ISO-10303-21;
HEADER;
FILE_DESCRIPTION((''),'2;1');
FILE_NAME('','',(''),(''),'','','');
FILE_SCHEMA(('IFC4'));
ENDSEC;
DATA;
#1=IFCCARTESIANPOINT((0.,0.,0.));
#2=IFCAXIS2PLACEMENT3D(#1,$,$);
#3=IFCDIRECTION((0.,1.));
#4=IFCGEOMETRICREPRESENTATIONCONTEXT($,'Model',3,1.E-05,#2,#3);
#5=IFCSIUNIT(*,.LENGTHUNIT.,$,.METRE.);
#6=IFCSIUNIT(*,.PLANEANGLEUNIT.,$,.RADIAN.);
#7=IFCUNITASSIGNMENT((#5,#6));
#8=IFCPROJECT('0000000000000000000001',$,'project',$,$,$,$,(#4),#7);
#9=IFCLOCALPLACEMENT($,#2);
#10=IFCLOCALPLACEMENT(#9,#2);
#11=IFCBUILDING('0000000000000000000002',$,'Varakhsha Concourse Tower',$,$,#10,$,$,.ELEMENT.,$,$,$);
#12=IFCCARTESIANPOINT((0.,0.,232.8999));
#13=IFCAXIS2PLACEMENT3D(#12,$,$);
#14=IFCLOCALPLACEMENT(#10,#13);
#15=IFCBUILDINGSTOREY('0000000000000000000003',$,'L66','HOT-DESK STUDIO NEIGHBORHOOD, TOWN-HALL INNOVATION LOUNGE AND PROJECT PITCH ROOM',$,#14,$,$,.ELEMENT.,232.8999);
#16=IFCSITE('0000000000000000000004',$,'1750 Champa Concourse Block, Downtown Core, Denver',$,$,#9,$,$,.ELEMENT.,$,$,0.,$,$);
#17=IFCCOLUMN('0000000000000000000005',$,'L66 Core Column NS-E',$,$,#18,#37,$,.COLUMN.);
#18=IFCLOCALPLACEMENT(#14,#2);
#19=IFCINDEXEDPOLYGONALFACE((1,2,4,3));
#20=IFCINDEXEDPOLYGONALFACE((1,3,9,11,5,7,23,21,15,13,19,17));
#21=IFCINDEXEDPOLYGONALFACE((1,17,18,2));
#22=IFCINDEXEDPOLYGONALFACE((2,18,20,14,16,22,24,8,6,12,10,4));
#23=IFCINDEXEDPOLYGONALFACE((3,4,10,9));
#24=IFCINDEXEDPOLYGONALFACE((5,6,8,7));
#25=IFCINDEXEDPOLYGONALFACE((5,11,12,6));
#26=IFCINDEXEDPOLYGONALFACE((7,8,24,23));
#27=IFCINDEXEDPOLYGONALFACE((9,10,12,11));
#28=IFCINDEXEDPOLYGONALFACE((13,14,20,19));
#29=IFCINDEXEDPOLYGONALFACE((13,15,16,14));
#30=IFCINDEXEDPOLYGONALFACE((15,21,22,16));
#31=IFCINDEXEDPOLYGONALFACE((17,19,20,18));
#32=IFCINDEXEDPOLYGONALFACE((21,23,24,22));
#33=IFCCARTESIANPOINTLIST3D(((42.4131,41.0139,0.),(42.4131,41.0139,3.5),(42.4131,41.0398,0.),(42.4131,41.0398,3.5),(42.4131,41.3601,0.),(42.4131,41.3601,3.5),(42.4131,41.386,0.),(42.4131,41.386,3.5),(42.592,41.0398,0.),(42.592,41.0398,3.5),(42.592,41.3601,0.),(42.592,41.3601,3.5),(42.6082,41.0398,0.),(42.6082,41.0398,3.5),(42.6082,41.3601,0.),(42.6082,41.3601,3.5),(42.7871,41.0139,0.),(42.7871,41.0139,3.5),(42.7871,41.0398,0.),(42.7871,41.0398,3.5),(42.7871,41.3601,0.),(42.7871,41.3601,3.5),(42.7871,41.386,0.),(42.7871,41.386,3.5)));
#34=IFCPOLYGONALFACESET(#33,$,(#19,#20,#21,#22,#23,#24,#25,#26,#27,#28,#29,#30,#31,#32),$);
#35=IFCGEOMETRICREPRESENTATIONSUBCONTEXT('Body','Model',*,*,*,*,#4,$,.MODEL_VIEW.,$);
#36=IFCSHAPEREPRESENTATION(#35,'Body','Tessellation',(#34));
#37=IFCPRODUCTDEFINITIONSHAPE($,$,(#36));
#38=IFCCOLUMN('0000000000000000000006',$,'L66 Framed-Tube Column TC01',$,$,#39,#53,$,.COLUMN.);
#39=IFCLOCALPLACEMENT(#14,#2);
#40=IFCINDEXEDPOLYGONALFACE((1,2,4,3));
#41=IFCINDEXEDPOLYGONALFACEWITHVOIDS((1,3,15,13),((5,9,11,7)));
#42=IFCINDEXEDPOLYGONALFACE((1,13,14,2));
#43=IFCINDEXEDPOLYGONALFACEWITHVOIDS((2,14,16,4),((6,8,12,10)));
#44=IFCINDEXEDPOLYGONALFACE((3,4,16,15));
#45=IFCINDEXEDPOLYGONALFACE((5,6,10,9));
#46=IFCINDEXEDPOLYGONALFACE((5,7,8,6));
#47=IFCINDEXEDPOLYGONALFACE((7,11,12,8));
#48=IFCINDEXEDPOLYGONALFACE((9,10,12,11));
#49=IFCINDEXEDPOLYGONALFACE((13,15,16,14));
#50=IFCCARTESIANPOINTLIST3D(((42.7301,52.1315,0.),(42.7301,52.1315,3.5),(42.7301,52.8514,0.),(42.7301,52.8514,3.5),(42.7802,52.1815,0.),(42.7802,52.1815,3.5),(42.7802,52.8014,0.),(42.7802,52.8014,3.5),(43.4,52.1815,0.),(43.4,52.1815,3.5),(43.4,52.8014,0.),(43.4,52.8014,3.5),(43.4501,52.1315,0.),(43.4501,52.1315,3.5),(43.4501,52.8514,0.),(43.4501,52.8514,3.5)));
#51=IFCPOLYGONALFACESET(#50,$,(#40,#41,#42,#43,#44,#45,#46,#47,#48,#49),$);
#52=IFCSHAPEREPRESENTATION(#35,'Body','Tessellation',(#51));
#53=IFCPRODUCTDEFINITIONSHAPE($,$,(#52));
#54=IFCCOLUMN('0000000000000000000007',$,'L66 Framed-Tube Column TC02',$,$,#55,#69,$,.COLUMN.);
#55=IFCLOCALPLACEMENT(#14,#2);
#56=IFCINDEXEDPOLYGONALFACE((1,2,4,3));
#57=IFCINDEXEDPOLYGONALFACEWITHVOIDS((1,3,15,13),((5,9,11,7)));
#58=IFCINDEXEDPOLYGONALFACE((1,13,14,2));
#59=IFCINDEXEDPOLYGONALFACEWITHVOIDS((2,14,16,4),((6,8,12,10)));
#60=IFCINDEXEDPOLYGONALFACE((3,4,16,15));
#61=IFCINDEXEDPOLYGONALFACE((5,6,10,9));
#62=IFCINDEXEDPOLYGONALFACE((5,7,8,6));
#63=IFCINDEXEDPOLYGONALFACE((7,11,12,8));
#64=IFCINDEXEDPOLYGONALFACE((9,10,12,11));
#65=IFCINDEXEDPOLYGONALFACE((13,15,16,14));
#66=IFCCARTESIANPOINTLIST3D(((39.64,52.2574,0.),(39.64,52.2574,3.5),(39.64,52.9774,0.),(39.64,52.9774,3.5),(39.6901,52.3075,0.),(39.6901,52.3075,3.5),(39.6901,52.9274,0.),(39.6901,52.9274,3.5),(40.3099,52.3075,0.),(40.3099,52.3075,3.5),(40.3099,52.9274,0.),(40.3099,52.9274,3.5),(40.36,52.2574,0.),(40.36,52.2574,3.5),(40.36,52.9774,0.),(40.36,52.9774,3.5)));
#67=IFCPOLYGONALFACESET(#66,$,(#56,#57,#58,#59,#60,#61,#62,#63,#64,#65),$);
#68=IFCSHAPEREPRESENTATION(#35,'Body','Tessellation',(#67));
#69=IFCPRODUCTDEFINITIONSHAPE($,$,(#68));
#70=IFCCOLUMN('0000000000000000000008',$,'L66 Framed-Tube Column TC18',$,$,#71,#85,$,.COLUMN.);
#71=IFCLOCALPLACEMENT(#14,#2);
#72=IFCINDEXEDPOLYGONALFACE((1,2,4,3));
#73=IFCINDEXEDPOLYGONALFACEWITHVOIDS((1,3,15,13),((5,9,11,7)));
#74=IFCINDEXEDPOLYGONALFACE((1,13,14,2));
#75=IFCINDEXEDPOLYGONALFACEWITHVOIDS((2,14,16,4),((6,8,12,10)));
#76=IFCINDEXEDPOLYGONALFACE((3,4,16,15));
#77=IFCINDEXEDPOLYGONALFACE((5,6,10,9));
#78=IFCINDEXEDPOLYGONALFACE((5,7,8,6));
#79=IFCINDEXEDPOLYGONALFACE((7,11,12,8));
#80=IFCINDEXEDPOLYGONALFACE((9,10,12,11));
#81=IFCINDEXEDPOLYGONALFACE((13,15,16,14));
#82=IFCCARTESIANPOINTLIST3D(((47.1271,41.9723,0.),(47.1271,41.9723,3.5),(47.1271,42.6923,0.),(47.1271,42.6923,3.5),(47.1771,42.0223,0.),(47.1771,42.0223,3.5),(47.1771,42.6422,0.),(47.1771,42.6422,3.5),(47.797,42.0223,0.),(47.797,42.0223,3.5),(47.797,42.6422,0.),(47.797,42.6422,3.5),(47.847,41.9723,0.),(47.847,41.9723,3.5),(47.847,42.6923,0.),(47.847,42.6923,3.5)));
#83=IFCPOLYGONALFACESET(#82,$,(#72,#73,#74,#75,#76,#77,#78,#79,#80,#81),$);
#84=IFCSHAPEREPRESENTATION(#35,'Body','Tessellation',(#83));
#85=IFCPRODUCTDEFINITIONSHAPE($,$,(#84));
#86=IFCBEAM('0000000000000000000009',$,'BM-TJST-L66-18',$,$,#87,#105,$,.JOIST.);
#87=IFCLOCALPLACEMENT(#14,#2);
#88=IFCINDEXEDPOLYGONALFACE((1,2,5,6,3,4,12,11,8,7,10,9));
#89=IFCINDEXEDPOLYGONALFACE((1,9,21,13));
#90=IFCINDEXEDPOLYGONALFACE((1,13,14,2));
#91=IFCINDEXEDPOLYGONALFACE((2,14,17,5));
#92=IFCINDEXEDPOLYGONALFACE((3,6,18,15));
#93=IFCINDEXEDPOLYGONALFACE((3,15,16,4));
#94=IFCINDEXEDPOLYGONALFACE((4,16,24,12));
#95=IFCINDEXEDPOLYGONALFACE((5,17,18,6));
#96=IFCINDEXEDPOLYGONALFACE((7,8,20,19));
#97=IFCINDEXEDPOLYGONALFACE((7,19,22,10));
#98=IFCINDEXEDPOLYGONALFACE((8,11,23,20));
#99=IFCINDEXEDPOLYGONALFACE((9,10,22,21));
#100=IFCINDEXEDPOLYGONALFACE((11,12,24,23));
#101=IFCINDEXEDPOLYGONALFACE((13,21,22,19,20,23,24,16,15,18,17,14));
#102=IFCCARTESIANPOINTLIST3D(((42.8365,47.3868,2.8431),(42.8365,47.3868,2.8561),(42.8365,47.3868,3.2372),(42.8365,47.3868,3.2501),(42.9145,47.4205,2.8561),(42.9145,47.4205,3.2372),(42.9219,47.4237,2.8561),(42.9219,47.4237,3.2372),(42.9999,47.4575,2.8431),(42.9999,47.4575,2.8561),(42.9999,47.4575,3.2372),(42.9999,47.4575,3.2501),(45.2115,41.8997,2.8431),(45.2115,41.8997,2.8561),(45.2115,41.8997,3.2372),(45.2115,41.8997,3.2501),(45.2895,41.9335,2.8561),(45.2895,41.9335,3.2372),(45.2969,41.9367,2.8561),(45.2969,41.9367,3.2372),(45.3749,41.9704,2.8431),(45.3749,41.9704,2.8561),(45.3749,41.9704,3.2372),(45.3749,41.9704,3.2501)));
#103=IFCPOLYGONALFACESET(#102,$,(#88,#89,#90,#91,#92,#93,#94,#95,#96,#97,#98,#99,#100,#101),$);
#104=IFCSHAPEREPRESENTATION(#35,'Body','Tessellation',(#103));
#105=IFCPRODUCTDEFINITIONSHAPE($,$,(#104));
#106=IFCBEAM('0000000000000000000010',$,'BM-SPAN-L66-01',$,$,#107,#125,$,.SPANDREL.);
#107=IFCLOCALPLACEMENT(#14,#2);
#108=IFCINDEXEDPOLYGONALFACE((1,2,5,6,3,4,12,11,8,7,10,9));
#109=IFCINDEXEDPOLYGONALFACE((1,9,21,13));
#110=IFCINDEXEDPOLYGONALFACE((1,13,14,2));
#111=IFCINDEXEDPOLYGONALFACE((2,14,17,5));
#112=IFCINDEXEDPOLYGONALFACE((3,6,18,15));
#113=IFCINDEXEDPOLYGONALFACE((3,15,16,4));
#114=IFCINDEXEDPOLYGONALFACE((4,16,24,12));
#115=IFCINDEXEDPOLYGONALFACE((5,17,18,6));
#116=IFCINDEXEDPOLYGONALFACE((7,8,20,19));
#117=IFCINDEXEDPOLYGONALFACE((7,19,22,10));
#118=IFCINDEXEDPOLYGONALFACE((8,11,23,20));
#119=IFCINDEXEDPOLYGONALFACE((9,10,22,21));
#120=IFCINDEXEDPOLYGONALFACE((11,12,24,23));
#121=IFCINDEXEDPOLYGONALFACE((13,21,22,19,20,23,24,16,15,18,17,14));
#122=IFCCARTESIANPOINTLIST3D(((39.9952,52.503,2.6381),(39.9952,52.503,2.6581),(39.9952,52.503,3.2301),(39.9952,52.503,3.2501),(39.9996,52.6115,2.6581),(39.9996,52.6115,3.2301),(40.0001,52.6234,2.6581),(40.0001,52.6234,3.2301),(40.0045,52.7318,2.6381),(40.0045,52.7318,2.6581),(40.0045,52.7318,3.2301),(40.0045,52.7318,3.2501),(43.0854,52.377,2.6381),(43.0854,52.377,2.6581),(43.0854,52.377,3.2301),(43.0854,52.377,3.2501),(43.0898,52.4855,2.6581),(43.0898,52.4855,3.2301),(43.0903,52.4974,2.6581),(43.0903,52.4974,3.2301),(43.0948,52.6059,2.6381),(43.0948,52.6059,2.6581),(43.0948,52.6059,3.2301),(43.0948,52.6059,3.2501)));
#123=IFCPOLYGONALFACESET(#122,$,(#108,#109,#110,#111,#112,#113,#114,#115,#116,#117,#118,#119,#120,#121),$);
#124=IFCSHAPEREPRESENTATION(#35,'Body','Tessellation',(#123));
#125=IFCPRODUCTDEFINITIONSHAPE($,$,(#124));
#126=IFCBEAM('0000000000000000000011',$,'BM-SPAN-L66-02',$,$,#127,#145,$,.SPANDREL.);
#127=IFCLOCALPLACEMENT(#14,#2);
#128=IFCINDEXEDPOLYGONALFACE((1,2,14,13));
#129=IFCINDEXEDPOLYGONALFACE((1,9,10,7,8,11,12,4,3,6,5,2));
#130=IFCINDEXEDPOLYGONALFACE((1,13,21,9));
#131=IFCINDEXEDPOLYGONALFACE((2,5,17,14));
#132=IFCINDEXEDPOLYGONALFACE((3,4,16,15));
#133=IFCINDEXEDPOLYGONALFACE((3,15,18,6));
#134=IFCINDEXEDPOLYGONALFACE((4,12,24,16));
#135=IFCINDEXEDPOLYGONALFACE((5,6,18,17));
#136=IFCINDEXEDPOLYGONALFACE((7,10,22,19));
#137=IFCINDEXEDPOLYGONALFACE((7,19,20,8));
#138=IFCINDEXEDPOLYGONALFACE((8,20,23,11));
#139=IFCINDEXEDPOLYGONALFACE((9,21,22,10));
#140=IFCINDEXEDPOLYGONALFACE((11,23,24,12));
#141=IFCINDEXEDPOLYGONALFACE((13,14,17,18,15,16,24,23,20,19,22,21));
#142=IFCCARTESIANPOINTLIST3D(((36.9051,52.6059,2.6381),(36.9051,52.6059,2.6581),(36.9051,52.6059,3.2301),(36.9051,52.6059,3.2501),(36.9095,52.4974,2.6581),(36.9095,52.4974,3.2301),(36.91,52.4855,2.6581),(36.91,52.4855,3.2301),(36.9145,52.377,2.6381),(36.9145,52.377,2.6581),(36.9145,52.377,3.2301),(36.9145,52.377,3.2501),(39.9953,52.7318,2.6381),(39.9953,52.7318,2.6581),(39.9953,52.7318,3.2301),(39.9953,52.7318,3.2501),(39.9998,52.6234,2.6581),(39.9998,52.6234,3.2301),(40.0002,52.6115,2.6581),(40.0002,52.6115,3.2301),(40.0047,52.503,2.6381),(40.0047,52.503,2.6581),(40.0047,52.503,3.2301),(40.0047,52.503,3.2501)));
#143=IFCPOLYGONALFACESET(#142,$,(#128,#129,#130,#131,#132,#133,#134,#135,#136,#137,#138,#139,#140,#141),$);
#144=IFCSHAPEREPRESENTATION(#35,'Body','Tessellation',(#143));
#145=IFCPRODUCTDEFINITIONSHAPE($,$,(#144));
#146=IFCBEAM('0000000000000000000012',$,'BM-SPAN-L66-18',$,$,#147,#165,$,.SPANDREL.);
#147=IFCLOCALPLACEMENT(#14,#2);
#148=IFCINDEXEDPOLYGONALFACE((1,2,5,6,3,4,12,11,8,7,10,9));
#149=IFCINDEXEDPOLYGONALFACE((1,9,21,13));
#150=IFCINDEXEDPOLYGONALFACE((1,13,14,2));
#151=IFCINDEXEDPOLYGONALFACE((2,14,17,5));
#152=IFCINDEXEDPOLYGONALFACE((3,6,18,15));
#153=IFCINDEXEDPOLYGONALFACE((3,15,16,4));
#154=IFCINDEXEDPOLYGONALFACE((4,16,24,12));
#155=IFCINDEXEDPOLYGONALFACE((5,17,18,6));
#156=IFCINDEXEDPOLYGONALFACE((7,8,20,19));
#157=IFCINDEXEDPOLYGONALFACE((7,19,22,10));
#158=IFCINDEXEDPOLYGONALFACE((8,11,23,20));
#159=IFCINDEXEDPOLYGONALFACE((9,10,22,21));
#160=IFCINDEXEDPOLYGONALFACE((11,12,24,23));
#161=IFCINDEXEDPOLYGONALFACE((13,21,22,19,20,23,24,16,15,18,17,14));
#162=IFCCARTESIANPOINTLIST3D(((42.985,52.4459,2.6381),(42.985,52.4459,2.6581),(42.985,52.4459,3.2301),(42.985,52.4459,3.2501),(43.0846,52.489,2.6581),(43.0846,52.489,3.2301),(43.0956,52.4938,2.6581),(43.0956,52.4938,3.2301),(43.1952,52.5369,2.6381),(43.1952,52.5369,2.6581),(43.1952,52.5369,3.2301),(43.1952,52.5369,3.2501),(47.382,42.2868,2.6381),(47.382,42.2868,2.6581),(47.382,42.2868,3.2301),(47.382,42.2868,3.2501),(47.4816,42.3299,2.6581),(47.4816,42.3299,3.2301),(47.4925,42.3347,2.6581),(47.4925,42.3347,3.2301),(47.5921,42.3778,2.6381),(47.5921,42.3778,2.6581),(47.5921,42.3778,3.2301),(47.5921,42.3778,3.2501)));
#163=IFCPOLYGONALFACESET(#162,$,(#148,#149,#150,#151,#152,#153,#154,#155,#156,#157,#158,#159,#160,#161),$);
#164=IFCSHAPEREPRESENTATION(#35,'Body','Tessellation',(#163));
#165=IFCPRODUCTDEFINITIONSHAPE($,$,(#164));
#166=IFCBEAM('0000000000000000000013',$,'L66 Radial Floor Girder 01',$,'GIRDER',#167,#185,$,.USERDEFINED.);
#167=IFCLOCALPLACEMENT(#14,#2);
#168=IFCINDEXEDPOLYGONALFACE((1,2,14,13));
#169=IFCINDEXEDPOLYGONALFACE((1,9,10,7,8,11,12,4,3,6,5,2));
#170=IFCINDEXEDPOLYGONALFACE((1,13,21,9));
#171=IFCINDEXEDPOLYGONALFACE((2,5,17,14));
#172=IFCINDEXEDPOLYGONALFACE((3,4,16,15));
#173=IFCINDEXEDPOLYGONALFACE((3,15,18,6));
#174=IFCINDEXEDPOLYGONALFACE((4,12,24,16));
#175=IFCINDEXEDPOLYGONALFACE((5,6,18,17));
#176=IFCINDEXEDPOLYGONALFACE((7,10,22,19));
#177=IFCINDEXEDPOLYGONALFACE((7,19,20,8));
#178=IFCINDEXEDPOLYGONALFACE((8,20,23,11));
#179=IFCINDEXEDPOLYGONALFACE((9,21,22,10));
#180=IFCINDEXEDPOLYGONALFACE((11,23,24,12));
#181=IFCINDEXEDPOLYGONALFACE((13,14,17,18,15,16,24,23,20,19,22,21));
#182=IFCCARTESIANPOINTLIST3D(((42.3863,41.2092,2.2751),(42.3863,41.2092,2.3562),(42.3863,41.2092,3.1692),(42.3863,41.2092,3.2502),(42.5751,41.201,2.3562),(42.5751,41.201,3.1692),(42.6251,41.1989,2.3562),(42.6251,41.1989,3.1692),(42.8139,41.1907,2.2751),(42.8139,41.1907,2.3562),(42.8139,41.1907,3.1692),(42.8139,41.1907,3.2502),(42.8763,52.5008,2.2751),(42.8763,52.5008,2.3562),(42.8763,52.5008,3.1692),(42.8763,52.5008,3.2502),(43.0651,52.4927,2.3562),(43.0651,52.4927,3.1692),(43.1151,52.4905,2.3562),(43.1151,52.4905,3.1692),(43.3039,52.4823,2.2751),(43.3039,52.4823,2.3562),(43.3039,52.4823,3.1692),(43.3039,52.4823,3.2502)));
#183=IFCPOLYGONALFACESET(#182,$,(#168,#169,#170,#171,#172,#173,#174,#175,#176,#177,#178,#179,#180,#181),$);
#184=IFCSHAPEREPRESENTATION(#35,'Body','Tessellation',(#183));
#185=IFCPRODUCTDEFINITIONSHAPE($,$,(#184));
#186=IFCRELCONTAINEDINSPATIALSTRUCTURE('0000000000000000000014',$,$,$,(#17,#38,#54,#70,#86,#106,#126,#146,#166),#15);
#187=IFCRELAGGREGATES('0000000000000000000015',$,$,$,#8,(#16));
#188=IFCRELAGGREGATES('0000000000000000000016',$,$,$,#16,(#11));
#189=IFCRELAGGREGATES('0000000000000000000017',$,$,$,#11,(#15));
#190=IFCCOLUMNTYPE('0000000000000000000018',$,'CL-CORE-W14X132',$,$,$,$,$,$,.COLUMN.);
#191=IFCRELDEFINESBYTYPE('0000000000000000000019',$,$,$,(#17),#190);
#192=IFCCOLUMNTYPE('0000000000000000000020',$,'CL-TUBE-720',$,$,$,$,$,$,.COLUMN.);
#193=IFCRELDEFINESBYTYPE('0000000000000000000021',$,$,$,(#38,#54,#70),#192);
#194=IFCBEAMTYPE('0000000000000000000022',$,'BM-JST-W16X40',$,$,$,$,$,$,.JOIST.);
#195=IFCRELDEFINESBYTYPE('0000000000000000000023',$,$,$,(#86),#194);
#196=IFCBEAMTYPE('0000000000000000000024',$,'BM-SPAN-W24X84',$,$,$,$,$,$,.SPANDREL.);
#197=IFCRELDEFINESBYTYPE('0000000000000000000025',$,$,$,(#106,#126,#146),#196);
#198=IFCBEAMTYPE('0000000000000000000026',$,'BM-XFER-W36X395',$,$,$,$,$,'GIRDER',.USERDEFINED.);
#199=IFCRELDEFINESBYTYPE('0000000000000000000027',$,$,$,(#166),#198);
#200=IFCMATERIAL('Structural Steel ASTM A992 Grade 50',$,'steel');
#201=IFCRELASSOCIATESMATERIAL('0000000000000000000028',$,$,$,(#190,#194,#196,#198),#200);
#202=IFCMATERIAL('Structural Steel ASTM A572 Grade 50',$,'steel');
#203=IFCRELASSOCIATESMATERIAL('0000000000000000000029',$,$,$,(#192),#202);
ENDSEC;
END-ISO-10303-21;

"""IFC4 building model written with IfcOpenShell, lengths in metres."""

from ifc_helpers import new_model, si_unit, direction, frame, origin, origin_2d, place, context, subcontext, project, spatial, hollow_rectangle, i_section, extrude, material, material_profile, profile_set, type_object, element, save


model = new_model("IFC4")

# Units and contexts
model_context = context("Model", 3, precision=1e-05, world=origin(), true_north=direction((0.0, 1.0)))
body_context = subcontext(model_context, "Body", "Model", "MODEL_VIEW")
ifc_project = project(units=[si_unit("LENGTHUNIT", "METRE"), si_unit("PLANEANGLEUNIT", "RADIAN")], contexts=[model_context])

# Site, building, storey
site_placement = place(None, origin())
site = spatial("IfcSite", under=ifc_project, at=site_placement, Name="1750 Champa Concourse Block, Downtown Core, Denver", CompositionType="ELEMENT", RefElevation=0.0)
building_placement = place(site_placement, origin())
building = spatial("IfcBuilding", under=site, at=building_placement, Name="Varakhsha Concourse Tower", CompositionType="ELEMENT")
storey_placement = place(building_placement, frame((0.0, 0.0, 232.8999)))
storey = spatial("IfcBuildingStorey", under=building, at=storey_placement, Name="L66", Description="HOT-DESK STUDIO NEIGHBORHOOD, TOWN-HALL INNOVATION LOUNGE AND PROJECT PITCH ROOM", CompositionType="ELEMENT", Elevation=232.8999)

# Columns
ifc_material_1 = material(Name="Structural Steel ASTM A992 Grade 50", Category="steel")
ifc_material_profile_1 = material_profile(ifc_material_1, i_section(OverallWidth=0.374, OverallDepth=0.3721, WebThickness=0.0161, FlangeThickness=0.0259, at=origin_2d()), Name="W14X132")
ifc_profile_set_1 = profile_set([ifc_material_profile_1], Name="Structural Steel ASTM A992 Grade 50")
column_type_1 = type_object("IfcColumnType", Name="CL-CORE-W14X132", PredefinedType="COLUMN", material=ifc_profile_set_1)
column_placement = place(storey_placement, frame((42.6001, 41.2, 0.0), z_axis=(0.0, 0.0, 1.0), x_axis=(1.0, 0.0, 0.0)))
element("IfcColumn", 1, at=column_placement, inside=storey, type_object=column_type_1, Name="L66 Core Column NS-E", PredefinedType="COLUMN", context=body_context, shape_type="SweptSolid", body=[
    extrude(i_section(OverallWidth=0.374, OverallDepth=0.3721, WebThickness=0.0161, FlangeThickness=0.0259, at=origin_2d()), origin(), (0.0, 0.0, 1.0), 3.5),
])
ifc_material_2 = material(Name="Structural Steel ASTM A572 Grade 50", Category="steel")
ifc_material_profile_2 = material_profile(ifc_material_2, hollow_rectangle(XDim=0.72, YDim=0.72, WallThickness=0.05, at=origin_2d()), Name="BOX 720x720x50")
ifc_profile_set_2 = profile_set([ifc_material_profile_2], Name="Structural Steel ASTM A572 Grade 50")
column_type_2 = type_object("IfcColumnType", Name="CL-TUBE-720", PredefinedType="COLUMN", material=ifc_profile_set_2)
for number, where, z_axis, x_axis, name in (
    (2, (43.0901, 52.4915, 0.0), (0.0, 0.0, 1.0), (1.0, 0.0, 0.0), "L66 Framed-Tube Column TC01"),
    (3, (40.0, 52.6174, 0.0), (0.0, 0.0, 1.0), (1.0, 0.0, 0.0), "L66 Framed-Tube Column TC02"),
    (4, (47.4871, 42.3323, 0.0), (0.0, 0.0, 1.0), (1.0, 0.0, 0.0), "L66 Framed-Tube Column TC18"),
):
    element("IfcColumn", number, at=place(storey_placement, frame(where, z_axis=z_axis, x_axis=x_axis)), inside=storey, type_object=column_type_2, Name=name, PredefinedType="COLUMN", context=body_context, shape_type="SweptSolid", body=[
        extrude(hollow_rectangle(XDim=0.72, YDim=0.72, WallThickness=0.05, at=origin_2d()), origin(), (0.0, 0.0, 1.0), 3.5),
    ])

# Beams
ifc_material_profile_3 = material_profile(ifc_material_1, i_section(OverallWidth=0.178, OverallDepth=0.407, WebThickness=0.0081, FlangeThickness=0.0129, at=origin_2d()), Name="W16X40")
ifc_profile_set_3 = profile_set([ifc_material_profile_3], Name="Structural Steel ASTM A992 Grade 50")
beam_type_1 = type_object("IfcBeamType", Name="BM-JST-W16X40", PredefinedType="JOIST", material=ifc_profile_set_3)
beam_1_placement = place(storey_placement, frame((45.2932, 41.9351, 3.0466), z_axis=(-0.397224, 0.917722, 0.0), x_axis=(-0.917722, -0.397224, 0.0)))
element("IfcBeam", 5, at=beam_1_placement, inside=storey, type_object=beam_type_1, Name="BM-TJST-L66-18", PredefinedType="JOIST", context=body_context, shape_type="SweptSolid", body=[
    extrude(i_section(OverallWidth=0.178, OverallDepth=0.407, WebThickness=0.0081, FlangeThickness=0.0129, at=origin_2d()), origin(), (0.0, 0.0, 1.0), 5.979),
])
ifc_material_profile_4 = material_profile(ifc_material_1, i_section(OverallWidth=0.229, OverallDepth=0.6121, WebThickness=0.012, FlangeThickness=0.02, at=origin_2d()), Name="W24X84")
ifc_profile_set_4 = profile_set([ifc_material_profile_4], Name="Structural Steel ASTM A992 Grade 50")
beam_type_2 = type_object("IfcBeamType", Name="BM-SPAN-W24X84", PredefinedType="SPANDREL", material=ifc_profile_set_4)
for number, where, z_axis, x_axis, name in (
    (6, (43.0901, 52.4915, 2.9441), (-0.99917, 0.040734, 0.0), (-0.040734, -0.99917, 0.0), "BM-SPAN-L66-01"),
    (7, (40.0, 52.6174, 2.9441), (-0.99917, -0.040734, 0.0), (0.040734, -0.99917, 0.0), "BM-SPAN-L66-02"),
):
    element("IfcBeam", number, at=place(storey_placement, frame(where, z_axis=z_axis, x_axis=x_axis)), inside=storey, type_object=beam_type_2, Name=name, PredefinedType="SPANDREL", context=body_context, shape_type="SweptSolid", body=[
        extrude(i_section(OverallWidth=0.229, OverallDepth=0.6121, WebThickness=0.012, FlangeThickness=0.02, at=origin_2d()), origin(), (0.0, 0.0, 1.0), 3.0928),
    ])
beam_2_placement = place(storey_placement, frame((47.4871, 42.3323, 2.9441), z_axis=(-0.397201, 0.917731, 0.0), x_axis=(-0.917731, -0.397201, 0.0)))
element("IfcBeam", 8, at=beam_2_placement, inside=storey, type_object=beam_type_2, Name="BM-SPAN-L66-18", PredefinedType="SPANDREL", context=body_context, shape_type="SweptSolid", body=[
    extrude(i_section(OverallWidth=0.229, OverallDepth=0.6121, WebThickness=0.012, FlangeThickness=0.02, at=origin_2d()), origin(), (0.0, 0.0, 1.0), 11.0698),
])
ifc_material_profile_5 = material_profile(ifc_material_1, i_section(OverallWidth=0.428, OverallDepth=0.9751, WebThickness=0.05, FlangeThickness=0.0811, at=origin_2d()), Name="W36X395")
ifc_profile_set_5 = profile_set([ifc_material_profile_5], Name="Structural Steel ASTM A992 Grade 50")
beam_type_3 = type_object("IfcBeamType", Name="BM-XFER-W36X395", ElementType="GIRDER", PredefinedType="USERDEFINED", material=ifc_profile_set_5)
beam_3_placement = place(storey_placement, frame((42.6001, 41.2, 2.7627), z_axis=(0.043354, 0.99906, 0.0), x_axis=(-0.99906, 0.043354, 0.0)))
element("IfcBeam", 9, at=beam_3_placement, inside=storey, type_object=beam_type_3, Name="L66 Radial Floor Girder 01", ObjectType="GIRDER", PredefinedType="USERDEFINED", context=body_context, shape_type="SweptSolid", body=[
    extrude(i_section(OverallWidth=0.428, OverallDepth=0.9751, WebThickness=0.05, FlangeThickness=0.0811, at=origin_2d()), origin(), (0.0, 0.0, 1.0), 11.3022),
])

save(model, "model.ifc")
